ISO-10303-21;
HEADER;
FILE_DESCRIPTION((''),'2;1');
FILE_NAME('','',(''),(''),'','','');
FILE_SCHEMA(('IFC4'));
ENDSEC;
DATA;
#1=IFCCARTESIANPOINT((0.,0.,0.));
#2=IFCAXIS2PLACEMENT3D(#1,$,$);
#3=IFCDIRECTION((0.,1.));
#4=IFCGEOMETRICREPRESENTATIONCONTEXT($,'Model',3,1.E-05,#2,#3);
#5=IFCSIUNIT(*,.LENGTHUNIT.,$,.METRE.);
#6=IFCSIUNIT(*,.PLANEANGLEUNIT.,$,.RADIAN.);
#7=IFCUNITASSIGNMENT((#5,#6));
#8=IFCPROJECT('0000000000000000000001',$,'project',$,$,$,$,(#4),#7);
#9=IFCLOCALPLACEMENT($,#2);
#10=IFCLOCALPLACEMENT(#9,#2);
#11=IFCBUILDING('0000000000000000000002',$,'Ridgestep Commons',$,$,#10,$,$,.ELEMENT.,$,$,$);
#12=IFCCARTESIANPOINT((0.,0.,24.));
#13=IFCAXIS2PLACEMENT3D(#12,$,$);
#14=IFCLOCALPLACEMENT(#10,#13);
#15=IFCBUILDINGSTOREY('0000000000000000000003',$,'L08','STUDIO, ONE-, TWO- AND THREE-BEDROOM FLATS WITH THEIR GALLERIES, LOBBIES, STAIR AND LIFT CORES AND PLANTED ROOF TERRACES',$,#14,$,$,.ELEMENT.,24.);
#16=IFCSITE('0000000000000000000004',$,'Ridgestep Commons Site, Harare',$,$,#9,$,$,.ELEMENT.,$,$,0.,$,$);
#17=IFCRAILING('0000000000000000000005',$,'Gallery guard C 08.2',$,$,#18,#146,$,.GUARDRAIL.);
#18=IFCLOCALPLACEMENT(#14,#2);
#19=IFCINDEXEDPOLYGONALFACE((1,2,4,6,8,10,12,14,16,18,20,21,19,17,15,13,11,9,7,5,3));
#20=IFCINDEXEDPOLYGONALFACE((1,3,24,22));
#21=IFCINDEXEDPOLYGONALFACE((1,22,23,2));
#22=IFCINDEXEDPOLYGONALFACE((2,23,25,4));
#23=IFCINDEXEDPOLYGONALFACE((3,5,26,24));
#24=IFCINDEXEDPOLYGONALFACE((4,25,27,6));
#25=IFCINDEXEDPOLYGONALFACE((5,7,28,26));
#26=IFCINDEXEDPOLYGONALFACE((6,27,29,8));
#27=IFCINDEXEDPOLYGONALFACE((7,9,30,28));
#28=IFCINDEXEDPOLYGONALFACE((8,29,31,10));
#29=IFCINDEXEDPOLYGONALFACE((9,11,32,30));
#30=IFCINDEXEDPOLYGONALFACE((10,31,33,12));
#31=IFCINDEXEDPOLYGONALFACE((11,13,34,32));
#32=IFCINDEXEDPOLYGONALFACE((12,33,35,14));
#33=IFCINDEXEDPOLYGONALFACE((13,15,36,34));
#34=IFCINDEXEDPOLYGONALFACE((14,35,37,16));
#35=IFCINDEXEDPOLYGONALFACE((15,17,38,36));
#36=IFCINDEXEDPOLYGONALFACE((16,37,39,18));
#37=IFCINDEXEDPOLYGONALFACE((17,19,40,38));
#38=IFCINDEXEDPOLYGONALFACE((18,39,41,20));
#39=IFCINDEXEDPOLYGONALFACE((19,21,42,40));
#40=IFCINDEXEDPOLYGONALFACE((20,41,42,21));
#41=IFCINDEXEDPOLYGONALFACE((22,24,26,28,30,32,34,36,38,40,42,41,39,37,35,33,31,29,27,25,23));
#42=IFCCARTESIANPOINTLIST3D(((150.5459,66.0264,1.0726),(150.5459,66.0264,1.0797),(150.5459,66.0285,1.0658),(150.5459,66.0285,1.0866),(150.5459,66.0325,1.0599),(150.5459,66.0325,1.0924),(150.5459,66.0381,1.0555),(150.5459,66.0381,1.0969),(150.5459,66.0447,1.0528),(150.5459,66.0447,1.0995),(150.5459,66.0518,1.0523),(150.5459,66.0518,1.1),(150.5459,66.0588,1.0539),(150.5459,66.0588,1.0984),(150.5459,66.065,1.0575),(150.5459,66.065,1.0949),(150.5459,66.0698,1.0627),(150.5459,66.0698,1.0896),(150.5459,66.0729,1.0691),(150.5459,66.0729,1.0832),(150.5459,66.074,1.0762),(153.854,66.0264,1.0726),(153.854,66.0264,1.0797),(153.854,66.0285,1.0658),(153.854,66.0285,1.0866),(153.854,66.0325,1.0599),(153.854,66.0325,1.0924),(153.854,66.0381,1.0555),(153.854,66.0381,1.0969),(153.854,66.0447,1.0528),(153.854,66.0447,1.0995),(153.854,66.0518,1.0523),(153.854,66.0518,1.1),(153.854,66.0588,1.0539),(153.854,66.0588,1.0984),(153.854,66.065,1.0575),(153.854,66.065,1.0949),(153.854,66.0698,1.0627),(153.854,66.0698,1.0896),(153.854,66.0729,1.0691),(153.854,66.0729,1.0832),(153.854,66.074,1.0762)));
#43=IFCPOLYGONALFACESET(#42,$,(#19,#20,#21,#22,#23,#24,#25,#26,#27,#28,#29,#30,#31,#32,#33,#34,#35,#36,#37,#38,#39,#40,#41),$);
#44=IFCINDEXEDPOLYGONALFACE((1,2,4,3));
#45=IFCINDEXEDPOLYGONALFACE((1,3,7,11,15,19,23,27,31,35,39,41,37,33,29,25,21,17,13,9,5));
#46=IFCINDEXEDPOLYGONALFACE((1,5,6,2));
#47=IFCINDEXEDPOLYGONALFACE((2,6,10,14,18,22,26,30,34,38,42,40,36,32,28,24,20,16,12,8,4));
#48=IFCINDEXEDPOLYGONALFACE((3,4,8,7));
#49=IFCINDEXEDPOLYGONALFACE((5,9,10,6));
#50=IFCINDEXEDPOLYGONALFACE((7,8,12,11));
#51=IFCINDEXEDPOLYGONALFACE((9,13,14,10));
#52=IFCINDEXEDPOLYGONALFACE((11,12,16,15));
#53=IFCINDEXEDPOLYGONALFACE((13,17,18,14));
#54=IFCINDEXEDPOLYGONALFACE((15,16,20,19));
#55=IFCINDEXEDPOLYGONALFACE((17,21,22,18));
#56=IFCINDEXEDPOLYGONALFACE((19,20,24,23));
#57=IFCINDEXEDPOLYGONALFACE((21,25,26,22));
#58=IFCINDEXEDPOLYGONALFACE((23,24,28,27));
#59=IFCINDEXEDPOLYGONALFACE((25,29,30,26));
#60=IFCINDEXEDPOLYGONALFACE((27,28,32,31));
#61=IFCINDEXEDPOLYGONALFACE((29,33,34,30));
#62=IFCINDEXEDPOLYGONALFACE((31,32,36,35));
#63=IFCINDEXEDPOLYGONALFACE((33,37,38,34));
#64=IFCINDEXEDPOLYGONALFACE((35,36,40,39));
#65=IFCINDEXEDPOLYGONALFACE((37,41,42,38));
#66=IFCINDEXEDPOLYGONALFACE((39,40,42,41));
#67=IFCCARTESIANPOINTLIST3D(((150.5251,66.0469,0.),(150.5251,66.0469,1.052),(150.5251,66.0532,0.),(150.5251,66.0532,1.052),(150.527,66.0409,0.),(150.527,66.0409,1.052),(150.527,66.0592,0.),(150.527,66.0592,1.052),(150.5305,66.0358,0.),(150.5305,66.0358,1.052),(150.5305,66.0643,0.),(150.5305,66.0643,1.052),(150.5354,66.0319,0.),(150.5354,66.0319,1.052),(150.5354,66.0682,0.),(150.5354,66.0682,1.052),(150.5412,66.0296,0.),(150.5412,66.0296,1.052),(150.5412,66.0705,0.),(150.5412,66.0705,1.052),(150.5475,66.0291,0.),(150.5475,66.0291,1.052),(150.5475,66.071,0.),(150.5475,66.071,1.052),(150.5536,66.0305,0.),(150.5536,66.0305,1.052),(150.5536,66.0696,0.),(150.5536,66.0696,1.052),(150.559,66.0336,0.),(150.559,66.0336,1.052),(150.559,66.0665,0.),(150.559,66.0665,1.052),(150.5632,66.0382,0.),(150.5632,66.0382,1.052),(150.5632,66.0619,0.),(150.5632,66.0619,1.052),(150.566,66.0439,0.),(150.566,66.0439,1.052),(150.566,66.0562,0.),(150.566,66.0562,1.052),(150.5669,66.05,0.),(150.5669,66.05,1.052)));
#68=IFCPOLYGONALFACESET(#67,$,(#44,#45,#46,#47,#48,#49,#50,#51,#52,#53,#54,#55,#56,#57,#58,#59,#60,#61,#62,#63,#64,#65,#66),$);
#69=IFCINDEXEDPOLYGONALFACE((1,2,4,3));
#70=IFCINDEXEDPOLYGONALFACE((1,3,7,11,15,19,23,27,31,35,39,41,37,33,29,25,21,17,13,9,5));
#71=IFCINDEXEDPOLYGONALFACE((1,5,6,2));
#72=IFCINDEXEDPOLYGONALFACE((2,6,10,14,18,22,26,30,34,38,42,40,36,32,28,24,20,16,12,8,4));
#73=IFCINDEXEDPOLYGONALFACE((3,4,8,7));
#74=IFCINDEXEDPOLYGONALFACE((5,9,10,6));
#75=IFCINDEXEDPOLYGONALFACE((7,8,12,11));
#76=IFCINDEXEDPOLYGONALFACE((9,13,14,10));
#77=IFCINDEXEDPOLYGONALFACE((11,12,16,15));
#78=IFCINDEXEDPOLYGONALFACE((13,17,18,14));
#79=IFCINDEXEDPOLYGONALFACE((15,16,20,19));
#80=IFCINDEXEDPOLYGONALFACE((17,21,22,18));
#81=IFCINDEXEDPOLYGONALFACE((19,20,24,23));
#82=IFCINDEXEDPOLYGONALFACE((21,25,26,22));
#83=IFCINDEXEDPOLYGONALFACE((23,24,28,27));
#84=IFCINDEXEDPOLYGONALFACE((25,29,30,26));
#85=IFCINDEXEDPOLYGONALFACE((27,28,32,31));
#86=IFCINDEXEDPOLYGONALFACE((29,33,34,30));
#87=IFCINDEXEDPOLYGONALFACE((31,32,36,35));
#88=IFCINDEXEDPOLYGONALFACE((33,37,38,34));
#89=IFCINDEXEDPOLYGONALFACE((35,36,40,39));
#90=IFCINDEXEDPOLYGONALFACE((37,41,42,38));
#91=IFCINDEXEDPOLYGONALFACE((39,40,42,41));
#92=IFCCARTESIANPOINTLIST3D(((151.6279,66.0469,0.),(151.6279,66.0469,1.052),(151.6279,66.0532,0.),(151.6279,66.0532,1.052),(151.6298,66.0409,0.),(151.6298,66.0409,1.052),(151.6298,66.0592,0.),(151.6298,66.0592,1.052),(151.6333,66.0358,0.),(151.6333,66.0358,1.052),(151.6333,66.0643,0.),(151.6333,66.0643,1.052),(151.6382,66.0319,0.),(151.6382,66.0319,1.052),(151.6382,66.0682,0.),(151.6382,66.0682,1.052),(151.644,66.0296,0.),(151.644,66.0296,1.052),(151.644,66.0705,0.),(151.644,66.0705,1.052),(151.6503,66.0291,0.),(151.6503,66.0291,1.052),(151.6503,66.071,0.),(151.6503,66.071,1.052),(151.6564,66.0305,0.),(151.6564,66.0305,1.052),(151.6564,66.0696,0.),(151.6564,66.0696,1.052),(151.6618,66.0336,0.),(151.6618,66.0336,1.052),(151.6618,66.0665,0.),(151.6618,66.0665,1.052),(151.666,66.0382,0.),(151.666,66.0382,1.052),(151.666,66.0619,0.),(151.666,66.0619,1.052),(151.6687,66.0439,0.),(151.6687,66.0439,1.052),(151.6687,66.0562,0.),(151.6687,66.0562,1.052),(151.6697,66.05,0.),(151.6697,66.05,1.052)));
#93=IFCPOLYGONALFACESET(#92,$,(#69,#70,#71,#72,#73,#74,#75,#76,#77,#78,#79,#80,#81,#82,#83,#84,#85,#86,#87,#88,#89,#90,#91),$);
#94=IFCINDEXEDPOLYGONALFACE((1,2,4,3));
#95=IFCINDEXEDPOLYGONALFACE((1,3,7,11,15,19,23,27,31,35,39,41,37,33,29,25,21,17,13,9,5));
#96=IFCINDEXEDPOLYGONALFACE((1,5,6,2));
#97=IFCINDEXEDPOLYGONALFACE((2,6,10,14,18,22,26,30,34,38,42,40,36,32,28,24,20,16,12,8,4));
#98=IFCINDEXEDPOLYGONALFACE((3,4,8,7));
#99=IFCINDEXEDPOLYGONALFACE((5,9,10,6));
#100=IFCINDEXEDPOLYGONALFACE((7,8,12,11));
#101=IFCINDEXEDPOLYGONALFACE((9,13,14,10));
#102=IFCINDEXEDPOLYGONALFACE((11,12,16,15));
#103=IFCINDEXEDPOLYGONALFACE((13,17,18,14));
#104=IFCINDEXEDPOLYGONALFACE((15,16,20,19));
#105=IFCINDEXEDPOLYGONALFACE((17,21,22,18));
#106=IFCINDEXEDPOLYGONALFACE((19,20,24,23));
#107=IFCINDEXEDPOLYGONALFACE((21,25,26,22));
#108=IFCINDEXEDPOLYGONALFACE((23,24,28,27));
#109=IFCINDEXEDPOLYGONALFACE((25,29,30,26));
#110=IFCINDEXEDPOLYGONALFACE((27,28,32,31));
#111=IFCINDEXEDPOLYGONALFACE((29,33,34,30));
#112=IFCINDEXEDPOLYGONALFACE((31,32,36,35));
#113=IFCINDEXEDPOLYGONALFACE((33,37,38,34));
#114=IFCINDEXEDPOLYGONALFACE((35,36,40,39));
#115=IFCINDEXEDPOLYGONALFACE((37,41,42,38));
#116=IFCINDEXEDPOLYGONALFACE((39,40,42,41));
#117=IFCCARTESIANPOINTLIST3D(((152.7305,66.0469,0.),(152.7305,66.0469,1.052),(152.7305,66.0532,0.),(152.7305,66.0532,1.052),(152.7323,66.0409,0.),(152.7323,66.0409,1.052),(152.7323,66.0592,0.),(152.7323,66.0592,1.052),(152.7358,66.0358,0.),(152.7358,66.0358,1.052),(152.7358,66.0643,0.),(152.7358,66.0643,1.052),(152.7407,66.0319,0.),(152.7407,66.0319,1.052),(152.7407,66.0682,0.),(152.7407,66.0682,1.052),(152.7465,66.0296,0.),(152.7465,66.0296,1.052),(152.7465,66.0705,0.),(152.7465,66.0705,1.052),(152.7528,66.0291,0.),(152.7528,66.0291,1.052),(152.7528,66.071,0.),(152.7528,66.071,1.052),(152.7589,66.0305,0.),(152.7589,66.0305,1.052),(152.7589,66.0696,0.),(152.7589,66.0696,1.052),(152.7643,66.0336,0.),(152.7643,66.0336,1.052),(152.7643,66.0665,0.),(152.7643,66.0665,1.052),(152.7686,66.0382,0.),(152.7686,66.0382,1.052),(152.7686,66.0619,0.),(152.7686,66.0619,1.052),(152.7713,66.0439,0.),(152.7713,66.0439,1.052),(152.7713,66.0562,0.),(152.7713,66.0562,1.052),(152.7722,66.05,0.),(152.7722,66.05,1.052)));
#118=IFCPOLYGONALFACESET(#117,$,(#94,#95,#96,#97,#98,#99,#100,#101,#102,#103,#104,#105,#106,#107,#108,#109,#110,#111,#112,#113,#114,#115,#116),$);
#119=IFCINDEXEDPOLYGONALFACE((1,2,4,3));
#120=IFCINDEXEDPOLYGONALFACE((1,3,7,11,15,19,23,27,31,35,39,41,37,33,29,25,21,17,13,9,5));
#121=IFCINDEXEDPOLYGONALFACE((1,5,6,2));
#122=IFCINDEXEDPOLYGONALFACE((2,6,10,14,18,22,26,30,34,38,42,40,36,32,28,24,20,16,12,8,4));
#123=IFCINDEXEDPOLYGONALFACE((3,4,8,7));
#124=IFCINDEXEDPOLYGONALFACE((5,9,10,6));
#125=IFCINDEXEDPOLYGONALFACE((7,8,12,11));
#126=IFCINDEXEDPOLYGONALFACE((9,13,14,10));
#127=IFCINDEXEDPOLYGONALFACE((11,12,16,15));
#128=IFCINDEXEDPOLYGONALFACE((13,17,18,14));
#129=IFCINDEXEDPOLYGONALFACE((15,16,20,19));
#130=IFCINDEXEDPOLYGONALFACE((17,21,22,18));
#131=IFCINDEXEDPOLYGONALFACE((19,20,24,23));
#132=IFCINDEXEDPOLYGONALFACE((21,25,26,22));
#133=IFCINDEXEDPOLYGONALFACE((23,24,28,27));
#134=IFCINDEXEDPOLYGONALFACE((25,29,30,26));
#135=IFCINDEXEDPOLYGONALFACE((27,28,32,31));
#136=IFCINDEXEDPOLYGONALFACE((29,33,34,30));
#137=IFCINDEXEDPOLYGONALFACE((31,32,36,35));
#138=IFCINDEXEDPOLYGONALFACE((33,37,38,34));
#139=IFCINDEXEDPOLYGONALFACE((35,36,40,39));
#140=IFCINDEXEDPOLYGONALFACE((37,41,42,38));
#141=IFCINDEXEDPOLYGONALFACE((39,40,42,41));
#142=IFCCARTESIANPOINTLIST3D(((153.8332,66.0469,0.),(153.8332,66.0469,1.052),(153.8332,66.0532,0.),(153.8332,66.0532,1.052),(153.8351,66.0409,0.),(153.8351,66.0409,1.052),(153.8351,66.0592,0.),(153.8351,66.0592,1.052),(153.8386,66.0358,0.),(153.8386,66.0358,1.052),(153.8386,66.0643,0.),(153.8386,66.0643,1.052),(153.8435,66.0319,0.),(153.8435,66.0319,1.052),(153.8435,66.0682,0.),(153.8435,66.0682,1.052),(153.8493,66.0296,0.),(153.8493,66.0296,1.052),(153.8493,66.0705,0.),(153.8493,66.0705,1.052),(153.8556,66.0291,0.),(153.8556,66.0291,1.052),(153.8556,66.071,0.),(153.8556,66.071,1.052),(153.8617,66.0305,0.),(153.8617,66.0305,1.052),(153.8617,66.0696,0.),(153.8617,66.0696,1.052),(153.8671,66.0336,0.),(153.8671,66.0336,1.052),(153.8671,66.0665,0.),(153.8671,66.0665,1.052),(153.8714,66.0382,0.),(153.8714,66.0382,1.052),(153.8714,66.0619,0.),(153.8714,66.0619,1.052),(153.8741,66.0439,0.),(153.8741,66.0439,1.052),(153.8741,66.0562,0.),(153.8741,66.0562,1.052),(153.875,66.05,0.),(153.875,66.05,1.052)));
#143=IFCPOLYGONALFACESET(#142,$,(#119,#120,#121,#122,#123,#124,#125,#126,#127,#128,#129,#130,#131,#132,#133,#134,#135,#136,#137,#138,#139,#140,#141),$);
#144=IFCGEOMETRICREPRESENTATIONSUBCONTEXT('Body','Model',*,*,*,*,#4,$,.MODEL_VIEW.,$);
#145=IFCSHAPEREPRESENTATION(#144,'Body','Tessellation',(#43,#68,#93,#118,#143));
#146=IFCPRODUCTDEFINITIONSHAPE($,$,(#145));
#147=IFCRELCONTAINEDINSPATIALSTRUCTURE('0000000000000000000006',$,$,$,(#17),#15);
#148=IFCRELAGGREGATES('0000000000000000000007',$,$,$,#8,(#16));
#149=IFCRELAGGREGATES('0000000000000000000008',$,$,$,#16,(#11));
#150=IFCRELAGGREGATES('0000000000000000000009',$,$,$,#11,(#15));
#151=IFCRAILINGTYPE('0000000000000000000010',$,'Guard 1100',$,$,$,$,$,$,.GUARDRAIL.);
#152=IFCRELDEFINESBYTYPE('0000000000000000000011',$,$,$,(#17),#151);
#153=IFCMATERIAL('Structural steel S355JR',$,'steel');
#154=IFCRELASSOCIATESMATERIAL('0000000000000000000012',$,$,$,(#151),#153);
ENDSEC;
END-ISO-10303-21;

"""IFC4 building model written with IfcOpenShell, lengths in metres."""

from ifc_helpers import new_model, si_unit, direction, frame, origin, origin_2d, place, context, subcontext, project, spatial, circle, extrude, material, type_object, element, save


model = new_model("IFC4")

# Units and contexts
model_context = context("Model", 3, precision=1e-05, world=origin(), true_north=direction((0.0, 1.0)))
body_context = subcontext(model_context, "Body", "Model", "MODEL_VIEW")
ifc_project = project(units=[si_unit("LENGTHUNIT", "METRE"), si_unit("PLANEANGLEUNIT", "RADIAN")], contexts=[model_context])

# Site, building, storey
site_placement = place(None, origin())
site = spatial("IfcSite", under=ifc_project, at=site_placement, Name="Ridgestep Commons Site, Harare", CompositionType="ELEMENT", RefElevation=0.0)
building_placement = place(site_placement, origin())
building = spatial("IfcBuilding", under=site, at=building_placement, Name="Ridgestep Commons", CompositionType="ELEMENT")
storey_placement = place(building_placement, frame((0.0, 0.0, 24.0)))
storey = spatial("IfcBuildingStorey", under=building, at=storey_placement, Name="L08", Description="STUDIO, ONE-, TWO- AND THREE-BEDROOM FLATS WITH THEIR GALLERIES, LOBBIES, STAIR AND LIFT CORES AND PLANTED ROOF TERRACES", CompositionType="ELEMENT", Elevation=24.0)

# Railing
ifc_material_1 = material(Name="Structural steel S355JR", Category="steel")
railing_type = type_object("IfcRailingType", Name="Guard 1100", PredefinedType="GUARDRAIL", material=ifc_material_1)
for number, where, name in (
    (1, (150.5459, 66.05, 0.0), "Gallery guard C 08.2"),
):
    element("IfcRailing", number, at=place(storey_placement, frame(where)), inside=storey, type_object=railing_type, Name=name, PredefinedType="GUARDRAIL", context=body_context, shape_type="SweptSolid", body=[
        extrude(circle(Radius=0.0239, at=origin_2d()), frame((0.0, 0.0, 1.0762), z_axis=(1.0, 0.0, 0.0), x_axis=(0.0, 1.0, 0.0)), (0.0, 0.0, 1.0), 3.3081),
        extrude(circle(Radius=0.021, at=origin_2d()), origin(), (0.0, 0.0, 1.0), 1.052),
        extrude(circle(Radius=0.021, at=origin_2d()), frame((1.1028, 0.0, 0.0)), (0.0, 0.0, 1.0), 1.052),
        extrude(circle(Radius=0.021, at=origin_2d()), frame((2.2053, 0.0, 0.0)), (0.0, 0.0, 1.0), 1.052),
        extrude(circle(Radius=0.021, at=origin_2d()), frame((3.3081, 0.0, 0.0)), (0.0, 0.0, 1.0), 1.052),
    ])

save(model, "model.ifc")
